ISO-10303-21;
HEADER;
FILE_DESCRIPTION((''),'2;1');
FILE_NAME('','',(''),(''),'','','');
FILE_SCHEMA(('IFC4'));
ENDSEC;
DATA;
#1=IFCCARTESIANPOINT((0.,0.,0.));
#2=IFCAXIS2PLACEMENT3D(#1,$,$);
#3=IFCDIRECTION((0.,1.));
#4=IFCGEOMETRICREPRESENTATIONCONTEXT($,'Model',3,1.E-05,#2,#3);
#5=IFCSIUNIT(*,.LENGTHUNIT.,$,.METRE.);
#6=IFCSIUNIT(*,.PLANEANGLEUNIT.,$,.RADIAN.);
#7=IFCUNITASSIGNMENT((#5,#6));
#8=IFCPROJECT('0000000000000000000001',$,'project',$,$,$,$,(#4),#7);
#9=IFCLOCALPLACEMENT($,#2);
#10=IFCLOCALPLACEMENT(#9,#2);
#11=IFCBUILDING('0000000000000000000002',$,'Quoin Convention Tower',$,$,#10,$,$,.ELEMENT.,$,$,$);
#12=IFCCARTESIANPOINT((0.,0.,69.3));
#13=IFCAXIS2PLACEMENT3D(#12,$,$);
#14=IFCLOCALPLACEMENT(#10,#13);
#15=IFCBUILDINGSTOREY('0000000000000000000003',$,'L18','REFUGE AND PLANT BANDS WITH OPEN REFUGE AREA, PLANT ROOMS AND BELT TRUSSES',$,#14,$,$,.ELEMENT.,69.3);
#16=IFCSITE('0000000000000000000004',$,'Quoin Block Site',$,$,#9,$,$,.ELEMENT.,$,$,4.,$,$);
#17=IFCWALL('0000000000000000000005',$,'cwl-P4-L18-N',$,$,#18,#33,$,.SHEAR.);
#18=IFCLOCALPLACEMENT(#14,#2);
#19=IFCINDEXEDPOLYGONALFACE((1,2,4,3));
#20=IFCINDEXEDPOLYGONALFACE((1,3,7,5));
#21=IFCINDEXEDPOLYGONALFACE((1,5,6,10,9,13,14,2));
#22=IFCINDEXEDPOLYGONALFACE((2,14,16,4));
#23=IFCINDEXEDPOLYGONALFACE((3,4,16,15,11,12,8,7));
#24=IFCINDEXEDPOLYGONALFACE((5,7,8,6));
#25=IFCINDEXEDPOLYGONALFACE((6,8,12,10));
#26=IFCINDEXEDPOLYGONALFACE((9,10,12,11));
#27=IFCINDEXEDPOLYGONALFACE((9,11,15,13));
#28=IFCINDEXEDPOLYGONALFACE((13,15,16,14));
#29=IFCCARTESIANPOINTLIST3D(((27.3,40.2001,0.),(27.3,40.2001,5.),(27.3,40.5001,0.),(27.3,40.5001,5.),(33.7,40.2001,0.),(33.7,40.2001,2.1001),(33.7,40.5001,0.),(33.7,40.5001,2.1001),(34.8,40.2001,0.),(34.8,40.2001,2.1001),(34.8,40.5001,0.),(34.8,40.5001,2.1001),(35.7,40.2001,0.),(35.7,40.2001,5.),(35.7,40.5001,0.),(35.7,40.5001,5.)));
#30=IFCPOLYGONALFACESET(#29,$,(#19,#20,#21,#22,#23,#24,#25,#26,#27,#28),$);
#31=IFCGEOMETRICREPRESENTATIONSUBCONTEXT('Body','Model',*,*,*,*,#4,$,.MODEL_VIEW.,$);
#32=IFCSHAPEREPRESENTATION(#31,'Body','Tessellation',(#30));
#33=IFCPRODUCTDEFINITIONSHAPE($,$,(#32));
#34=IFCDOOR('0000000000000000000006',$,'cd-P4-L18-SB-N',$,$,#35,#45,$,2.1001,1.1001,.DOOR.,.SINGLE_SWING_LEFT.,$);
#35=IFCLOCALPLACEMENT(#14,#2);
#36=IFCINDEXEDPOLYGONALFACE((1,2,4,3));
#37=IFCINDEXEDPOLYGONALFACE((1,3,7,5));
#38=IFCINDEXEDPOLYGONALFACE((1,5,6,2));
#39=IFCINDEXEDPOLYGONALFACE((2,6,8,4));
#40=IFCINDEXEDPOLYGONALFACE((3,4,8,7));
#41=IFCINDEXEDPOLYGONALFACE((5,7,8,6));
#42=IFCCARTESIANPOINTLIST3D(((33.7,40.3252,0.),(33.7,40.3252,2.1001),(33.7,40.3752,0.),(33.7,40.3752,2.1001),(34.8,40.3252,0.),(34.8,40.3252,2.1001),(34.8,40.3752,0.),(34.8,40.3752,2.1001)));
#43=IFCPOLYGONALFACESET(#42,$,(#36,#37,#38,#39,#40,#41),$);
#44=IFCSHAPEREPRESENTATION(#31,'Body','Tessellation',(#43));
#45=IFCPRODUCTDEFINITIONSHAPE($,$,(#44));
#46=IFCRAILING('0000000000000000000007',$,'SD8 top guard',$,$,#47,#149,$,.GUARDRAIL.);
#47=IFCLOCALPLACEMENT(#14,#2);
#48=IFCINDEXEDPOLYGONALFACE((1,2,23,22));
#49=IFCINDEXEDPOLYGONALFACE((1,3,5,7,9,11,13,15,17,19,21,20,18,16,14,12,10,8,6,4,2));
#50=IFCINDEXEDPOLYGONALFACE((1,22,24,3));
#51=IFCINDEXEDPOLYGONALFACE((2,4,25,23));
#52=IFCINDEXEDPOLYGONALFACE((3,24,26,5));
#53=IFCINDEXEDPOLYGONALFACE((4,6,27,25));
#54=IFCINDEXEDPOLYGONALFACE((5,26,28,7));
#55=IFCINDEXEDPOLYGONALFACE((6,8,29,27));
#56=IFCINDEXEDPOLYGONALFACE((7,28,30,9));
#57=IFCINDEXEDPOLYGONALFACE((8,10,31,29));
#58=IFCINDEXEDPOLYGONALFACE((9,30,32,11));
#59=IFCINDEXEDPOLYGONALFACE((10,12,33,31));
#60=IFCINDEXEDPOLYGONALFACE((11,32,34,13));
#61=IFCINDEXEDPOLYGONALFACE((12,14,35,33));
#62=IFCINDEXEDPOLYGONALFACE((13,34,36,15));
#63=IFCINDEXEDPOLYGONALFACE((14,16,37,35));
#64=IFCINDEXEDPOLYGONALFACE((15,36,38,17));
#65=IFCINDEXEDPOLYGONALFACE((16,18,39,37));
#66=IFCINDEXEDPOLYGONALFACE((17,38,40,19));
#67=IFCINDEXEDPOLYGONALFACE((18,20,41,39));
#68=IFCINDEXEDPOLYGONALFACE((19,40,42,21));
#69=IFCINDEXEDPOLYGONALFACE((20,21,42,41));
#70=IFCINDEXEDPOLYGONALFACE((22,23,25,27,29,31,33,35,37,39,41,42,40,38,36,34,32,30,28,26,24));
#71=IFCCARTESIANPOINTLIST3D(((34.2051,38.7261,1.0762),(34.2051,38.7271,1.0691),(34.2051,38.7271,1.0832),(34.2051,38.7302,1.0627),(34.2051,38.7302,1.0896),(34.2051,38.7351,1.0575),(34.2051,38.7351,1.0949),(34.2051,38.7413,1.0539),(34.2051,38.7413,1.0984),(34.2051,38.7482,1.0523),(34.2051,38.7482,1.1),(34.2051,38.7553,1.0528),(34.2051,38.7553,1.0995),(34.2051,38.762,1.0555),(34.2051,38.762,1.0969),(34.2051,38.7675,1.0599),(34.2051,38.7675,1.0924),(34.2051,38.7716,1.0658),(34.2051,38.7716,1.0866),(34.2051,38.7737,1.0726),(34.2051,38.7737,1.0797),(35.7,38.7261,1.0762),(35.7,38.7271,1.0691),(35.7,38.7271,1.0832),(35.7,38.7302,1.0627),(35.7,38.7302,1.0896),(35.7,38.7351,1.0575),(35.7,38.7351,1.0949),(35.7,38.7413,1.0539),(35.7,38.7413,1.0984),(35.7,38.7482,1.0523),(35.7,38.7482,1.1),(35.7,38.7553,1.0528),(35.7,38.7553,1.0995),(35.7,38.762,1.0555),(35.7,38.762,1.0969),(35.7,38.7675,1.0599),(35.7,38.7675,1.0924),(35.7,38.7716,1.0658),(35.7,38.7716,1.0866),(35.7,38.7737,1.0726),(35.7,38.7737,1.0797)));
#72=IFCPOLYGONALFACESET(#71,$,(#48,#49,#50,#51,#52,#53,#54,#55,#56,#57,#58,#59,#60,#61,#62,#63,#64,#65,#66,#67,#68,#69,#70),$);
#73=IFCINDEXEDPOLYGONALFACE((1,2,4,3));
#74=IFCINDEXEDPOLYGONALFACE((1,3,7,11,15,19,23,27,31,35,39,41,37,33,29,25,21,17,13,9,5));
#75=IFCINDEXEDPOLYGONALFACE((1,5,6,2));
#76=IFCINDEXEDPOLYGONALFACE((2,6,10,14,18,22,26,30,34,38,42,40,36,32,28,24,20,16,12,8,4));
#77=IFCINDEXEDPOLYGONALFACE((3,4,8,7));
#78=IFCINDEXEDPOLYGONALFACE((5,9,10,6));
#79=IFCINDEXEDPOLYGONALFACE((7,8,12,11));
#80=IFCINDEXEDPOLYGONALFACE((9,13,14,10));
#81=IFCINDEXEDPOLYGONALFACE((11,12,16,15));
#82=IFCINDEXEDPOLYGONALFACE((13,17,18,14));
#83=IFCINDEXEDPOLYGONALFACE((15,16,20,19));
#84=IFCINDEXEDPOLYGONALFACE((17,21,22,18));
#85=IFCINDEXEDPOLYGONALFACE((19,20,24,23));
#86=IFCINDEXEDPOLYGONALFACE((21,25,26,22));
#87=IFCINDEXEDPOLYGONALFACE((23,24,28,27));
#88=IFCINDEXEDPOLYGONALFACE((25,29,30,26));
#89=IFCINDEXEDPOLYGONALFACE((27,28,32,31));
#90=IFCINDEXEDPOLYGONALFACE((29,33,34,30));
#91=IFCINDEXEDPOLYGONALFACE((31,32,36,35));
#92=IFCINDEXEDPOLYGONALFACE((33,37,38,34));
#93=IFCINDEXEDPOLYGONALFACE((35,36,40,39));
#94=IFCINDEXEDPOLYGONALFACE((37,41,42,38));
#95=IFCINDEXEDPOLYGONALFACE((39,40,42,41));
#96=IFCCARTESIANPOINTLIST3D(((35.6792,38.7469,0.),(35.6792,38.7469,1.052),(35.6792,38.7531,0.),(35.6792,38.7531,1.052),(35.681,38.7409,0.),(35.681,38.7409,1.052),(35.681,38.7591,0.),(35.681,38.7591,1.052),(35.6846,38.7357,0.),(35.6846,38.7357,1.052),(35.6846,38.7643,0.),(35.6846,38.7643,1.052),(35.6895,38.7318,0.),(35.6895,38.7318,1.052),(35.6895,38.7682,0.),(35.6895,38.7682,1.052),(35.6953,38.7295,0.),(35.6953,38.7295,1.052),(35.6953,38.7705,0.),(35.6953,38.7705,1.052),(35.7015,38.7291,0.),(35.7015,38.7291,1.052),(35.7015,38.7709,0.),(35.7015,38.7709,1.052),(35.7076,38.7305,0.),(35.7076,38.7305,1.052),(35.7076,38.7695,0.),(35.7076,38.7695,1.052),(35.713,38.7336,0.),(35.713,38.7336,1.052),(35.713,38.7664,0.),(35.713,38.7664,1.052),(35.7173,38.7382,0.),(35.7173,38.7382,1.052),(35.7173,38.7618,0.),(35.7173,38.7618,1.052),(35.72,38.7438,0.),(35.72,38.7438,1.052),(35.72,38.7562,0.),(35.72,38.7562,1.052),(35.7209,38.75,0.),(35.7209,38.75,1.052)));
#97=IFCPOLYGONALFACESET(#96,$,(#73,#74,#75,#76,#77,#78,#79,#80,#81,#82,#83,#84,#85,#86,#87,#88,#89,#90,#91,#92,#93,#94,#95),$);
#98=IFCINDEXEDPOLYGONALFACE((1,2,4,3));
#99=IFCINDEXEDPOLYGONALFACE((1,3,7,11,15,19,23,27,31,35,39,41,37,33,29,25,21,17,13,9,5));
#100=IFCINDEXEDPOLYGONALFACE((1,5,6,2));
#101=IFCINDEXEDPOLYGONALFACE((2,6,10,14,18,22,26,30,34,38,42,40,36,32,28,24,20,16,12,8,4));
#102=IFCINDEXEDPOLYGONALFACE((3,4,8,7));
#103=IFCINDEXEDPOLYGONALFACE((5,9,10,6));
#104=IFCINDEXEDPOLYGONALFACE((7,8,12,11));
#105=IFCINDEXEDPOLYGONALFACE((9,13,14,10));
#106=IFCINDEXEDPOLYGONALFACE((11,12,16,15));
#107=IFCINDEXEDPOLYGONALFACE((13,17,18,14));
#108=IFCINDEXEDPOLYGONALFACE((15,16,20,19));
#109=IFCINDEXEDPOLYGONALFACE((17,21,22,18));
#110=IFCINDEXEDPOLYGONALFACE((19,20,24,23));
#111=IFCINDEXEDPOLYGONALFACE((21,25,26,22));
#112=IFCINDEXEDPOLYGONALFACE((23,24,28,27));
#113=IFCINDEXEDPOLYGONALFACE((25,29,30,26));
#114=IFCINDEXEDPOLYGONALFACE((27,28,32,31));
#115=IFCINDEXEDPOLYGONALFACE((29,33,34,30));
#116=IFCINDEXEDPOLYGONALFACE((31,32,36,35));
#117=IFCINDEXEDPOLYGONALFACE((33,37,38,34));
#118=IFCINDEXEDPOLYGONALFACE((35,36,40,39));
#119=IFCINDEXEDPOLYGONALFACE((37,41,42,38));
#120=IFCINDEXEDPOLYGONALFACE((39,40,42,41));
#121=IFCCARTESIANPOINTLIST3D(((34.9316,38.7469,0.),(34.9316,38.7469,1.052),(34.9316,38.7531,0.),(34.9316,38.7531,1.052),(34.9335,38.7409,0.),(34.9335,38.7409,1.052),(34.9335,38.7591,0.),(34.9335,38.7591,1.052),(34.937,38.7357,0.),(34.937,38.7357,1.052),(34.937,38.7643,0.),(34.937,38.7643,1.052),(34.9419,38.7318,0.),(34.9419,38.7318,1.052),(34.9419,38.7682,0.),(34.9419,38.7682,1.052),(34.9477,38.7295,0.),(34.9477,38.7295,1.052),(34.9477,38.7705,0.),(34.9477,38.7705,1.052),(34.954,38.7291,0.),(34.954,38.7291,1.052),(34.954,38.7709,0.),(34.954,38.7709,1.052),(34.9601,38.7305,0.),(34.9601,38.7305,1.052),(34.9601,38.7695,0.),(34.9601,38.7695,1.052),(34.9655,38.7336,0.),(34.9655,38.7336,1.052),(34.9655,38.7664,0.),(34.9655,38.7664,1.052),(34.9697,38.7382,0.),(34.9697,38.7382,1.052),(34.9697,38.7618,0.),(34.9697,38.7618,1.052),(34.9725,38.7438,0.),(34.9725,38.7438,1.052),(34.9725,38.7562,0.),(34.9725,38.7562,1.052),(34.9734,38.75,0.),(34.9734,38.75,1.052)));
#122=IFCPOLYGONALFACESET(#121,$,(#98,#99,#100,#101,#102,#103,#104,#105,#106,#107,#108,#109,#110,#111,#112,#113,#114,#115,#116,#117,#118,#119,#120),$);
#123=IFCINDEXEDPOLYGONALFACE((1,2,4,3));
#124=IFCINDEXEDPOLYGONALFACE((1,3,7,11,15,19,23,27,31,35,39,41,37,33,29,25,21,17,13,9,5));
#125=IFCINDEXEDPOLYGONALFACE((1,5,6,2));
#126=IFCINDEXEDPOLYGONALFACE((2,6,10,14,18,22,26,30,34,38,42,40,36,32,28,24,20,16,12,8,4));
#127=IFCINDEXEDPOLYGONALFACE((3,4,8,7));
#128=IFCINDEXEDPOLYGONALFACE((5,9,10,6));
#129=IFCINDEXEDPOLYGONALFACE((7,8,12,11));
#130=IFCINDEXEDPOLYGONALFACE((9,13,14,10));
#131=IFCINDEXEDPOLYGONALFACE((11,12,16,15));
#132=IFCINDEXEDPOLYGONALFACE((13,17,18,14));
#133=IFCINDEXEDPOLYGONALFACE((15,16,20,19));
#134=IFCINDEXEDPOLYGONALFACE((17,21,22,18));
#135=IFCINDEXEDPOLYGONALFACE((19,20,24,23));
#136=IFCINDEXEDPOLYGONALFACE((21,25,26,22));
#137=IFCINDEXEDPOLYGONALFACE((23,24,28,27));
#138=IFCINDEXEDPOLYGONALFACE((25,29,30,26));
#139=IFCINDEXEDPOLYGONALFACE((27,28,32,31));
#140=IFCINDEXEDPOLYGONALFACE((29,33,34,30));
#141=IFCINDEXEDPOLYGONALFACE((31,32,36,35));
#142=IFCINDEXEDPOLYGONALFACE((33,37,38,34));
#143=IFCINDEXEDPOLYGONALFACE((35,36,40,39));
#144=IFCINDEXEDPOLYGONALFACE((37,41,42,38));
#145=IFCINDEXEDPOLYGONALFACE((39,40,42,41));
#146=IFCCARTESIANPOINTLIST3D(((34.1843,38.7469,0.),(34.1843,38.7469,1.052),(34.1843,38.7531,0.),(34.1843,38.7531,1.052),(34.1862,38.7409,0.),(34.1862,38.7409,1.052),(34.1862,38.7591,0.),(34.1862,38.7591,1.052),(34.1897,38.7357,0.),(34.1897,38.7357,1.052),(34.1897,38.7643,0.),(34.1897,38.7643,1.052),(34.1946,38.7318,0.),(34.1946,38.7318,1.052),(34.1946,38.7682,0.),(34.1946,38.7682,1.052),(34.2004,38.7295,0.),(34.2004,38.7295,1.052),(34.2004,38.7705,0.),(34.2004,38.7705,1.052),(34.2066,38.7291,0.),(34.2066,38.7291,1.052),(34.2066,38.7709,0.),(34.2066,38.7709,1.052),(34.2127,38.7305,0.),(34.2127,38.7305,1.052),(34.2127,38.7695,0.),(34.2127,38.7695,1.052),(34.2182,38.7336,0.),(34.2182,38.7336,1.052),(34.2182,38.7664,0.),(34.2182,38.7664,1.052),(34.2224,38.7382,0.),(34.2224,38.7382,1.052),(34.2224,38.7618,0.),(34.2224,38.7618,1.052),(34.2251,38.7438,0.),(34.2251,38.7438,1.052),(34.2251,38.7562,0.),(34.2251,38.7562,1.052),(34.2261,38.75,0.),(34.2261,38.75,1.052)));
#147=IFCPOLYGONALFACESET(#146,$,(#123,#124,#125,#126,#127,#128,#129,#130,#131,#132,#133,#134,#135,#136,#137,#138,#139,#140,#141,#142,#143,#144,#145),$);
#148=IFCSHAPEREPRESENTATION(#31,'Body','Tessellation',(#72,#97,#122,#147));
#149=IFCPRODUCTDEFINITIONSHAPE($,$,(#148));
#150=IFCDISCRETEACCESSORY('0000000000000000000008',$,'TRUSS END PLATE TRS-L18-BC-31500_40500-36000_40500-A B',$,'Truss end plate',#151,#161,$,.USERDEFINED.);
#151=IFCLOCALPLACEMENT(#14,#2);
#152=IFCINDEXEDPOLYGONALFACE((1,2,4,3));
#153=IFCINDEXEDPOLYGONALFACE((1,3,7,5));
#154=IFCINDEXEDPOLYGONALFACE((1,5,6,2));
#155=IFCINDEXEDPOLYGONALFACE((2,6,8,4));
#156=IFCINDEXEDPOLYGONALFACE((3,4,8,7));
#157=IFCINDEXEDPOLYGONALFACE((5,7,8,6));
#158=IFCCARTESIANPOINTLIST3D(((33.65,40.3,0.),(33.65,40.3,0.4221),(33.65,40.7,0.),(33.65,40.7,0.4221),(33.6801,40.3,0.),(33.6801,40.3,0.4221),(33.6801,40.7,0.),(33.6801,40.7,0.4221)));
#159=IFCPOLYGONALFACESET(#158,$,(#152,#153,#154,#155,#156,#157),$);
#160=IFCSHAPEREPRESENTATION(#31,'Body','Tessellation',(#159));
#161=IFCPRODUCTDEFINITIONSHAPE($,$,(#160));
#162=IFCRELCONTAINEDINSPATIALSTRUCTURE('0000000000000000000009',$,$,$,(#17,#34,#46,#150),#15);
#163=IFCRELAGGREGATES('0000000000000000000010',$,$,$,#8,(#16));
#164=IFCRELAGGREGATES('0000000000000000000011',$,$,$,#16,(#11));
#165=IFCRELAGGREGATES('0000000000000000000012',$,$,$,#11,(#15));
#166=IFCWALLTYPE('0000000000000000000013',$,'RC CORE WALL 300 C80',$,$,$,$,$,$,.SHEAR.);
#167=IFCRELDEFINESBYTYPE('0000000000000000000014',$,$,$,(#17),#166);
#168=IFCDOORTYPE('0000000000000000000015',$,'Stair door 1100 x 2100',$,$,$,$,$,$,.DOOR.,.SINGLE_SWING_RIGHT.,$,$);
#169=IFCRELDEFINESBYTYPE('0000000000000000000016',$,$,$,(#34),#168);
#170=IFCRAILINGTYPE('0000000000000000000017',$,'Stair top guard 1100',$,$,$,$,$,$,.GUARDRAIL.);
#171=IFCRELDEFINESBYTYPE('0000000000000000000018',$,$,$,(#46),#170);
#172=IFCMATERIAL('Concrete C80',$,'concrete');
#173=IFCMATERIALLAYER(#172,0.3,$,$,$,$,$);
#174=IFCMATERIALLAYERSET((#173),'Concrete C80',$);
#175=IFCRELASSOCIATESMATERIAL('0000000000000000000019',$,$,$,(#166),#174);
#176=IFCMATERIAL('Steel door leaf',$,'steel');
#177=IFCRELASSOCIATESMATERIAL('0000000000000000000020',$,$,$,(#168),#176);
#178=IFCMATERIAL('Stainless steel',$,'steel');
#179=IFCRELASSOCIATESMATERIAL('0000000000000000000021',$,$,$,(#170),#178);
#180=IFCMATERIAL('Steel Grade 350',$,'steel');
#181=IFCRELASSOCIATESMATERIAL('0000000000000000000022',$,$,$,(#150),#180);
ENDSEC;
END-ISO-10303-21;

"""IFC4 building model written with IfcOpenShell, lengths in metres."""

from ifc_helpers import new_model, si_unit, direction, frame, frame_2d, origin, origin_2d, place, context, subcontext, project, spatial, rectangle, circle, extrude, material, layer, layer_set, type_object, element, fill, save


model = new_model("IFC4")

# Units and contexts
model_context = context("Model", 3, precision=1e-05, world=origin(), true_north=direction((0.0, 1.0)))
body_context = subcontext(model_context, "Body", "Model", "MODEL_VIEW")
ifc_project = project(units=[si_unit("LENGTHUNIT", "METRE"), si_unit("PLANEANGLEUNIT", "RADIAN")], contexts=[model_context])

# Site, building, storey
site_placement = place(None, origin())
site = spatial("IfcSite", under=ifc_project, at=site_placement, Name="Quoin Block Site", CompositionType="ELEMENT", RefElevation=4.0)
building_placement = place(site_placement, origin())
building = spatial("IfcBuilding", under=site, at=building_placement, Name="Quoin Convention Tower", CompositionType="ELEMENT")
storey_placement = place(building_placement, frame((0.0, 0.0, 69.3)))
storey = spatial("IfcBuildingStorey", under=building, at=storey_placement, Name="L18", Description="REFUGE AND PLANT BANDS WITH OPEN REFUGE AREA, PLANT ROOMS AND BELT TRUSSES", CompositionType="ELEMENT", Elevation=69.3)

# Shared definitions
ifc_material_1 = material(Name="Concrete C80", Category="concrete")

# Shared definitions
ifc_layer_1 = layer(ifc_material_1, 0.3)
ifc_layer_set_1 = layer_set([ifc_layer_1], Name="Concrete C80")
wall_type_1 = type_object("IfcWallType", Name="RC CORE WALL 300 C80", PredefinedType="SHEAR", material=ifc_layer_set_1)
ifc_material_2 = material(Name="Steel door leaf", Category="steel")
door_type_1 = type_object("IfcDoorType", Name="Stair door 1100 x 2100", OperationType="SINGLE_SWING_RIGHT", PredefinedType="DOOR", material=ifc_material_2)

# Wall, opening, door
wall_1_placement = place(storey_placement, frame((27.3, 40.3501, 0.0), z_axis=(0.0, 0.0, 1.0), x_axis=(1.0, 0.0, 0.0)))
wall_1 = element("IfcWall", 1, at=wall_1_placement, inside=storey, type_object=wall_type_1, Name="cwl-P4-L18-N", PredefinedType="SHEAR", context=body_context, shape_type="SweptSolid", body=[
    extrude(rectangle(XDim=8.3999, YDim=0.3, at=frame_2d((4.2, 0.0))), origin(), (0.0, 0.0, 1.0), 5.0),
])
opening_1_placement = place(wall_1_placement, frame((6.3999, 0.0, 0.0)))
opening_1 = element("IfcOpeningElement", 2, at=opening_1_placement, cuts=wall_1, PredefinedType="OPENING", context=body_context, shape_type="SweptSolid", body=[
    extrude(rectangle(XDim=1.1001, YDim=2.1001, at=frame_2d((0.55, 1.05))), frame((0.0, 0.1599, 0.0), z_axis=(0.0, -1.0, 0.0), x_axis=(1.0, 0.0, 0.0)), (0.0, 0.0, 1.0), 0.3201),
])
door_1_placement = place(opening_1_placement, frame((1.1001, 0.0, 0.0), z_axis=(0.0, 0.0, 1.0), x_axis=(-1.0, 0.0, 0.0)))
door_1 = element("IfcDoor", 3, at=door_1_placement, inside=storey, type_object=door_type_1, Name="cd-P4-L18-SB-N", OperationType="SINGLE_SWING_LEFT", OverallHeight=2.1001, OverallWidth=1.1001, PredefinedType="DOOR", context=body_context, shape_type="SweptSolid", body=[
    extrude(rectangle(XDim=1.1001, YDim=2.1001, at=frame_2d((0.55, 1.05))), frame((0.0, 0.0249, 0.0), z_axis=(0.0, -1.0, 0.0), x_axis=(1.0, 0.0, 0.0)), (0.0, 0.0, 1.0), 0.05),
])
fill(opening_1, door_1)

# Railing
ifc_material_3 = material(Name="Stainless steel", Category="steel")
railing_type = type_object("IfcRailingType", Name="Stair top guard 1100", PredefinedType="GUARDRAIL", material=ifc_material_3)
railing_placement = place(storey_placement, frame((35.7, 38.75, 0.0)))
element("IfcRailing", 4, at=railing_placement, inside=storey, type_object=railing_type, Name="SD8 top guard", PredefinedType="GUARDRAIL", context=body_context, shape_type="SweptSolid", body=[
    extrude(circle(Radius=0.0239, at=origin_2d()), frame((0.0, 0.0, 1.0762), z_axis=(-1.0, 0.0, 0.0), x_axis=(0.0, -1.0, 0.0)), (0.0, 0.0, 1.0), 1.4949),
    extrude(circle(Radius=0.021, at=origin_2d()), origin(), (0.0, 0.0, 1.0), 1.052),
    extrude(circle(Radius=0.021, at=origin_2d()), frame((-0.7476, 0.0, 0.0)), (0.0, 0.0, 1.0), 1.052),
    extrude(circle(Radius=0.021, at=origin_2d()), frame((-1.4949, 0.0, 0.0)), (0.0, 0.0, 1.0), 1.052),
])

# Discrete accessory
ifc_material_4 = material(Name="Steel Grade 350", Category="steel")
discrete_accessory_placement = place(storey_placement, frame((33.665, 40.5, 0.0), z_axis=(0.0, 0.0, 1.0), x_axis=(1.0, 0.0, 0.0)))
element("IfcDiscreteAccessory", 5, at=discrete_accessory_placement, inside=storey, material=ifc_material_4, Name="TRUSS END PLATE TRS-L18-BC-31500_40500-36000_40500-A B", ObjectType="Truss end plate", PredefinedType="USERDEFINED", context=body_context, shape_type="SweptSolid", body=[
    extrude(rectangle(XDim=0.03, YDim=0.3999, at=origin_2d()), origin(), (0.0, 0.0, 1.0), 0.4221),
])

save(model, "model.ifc")
